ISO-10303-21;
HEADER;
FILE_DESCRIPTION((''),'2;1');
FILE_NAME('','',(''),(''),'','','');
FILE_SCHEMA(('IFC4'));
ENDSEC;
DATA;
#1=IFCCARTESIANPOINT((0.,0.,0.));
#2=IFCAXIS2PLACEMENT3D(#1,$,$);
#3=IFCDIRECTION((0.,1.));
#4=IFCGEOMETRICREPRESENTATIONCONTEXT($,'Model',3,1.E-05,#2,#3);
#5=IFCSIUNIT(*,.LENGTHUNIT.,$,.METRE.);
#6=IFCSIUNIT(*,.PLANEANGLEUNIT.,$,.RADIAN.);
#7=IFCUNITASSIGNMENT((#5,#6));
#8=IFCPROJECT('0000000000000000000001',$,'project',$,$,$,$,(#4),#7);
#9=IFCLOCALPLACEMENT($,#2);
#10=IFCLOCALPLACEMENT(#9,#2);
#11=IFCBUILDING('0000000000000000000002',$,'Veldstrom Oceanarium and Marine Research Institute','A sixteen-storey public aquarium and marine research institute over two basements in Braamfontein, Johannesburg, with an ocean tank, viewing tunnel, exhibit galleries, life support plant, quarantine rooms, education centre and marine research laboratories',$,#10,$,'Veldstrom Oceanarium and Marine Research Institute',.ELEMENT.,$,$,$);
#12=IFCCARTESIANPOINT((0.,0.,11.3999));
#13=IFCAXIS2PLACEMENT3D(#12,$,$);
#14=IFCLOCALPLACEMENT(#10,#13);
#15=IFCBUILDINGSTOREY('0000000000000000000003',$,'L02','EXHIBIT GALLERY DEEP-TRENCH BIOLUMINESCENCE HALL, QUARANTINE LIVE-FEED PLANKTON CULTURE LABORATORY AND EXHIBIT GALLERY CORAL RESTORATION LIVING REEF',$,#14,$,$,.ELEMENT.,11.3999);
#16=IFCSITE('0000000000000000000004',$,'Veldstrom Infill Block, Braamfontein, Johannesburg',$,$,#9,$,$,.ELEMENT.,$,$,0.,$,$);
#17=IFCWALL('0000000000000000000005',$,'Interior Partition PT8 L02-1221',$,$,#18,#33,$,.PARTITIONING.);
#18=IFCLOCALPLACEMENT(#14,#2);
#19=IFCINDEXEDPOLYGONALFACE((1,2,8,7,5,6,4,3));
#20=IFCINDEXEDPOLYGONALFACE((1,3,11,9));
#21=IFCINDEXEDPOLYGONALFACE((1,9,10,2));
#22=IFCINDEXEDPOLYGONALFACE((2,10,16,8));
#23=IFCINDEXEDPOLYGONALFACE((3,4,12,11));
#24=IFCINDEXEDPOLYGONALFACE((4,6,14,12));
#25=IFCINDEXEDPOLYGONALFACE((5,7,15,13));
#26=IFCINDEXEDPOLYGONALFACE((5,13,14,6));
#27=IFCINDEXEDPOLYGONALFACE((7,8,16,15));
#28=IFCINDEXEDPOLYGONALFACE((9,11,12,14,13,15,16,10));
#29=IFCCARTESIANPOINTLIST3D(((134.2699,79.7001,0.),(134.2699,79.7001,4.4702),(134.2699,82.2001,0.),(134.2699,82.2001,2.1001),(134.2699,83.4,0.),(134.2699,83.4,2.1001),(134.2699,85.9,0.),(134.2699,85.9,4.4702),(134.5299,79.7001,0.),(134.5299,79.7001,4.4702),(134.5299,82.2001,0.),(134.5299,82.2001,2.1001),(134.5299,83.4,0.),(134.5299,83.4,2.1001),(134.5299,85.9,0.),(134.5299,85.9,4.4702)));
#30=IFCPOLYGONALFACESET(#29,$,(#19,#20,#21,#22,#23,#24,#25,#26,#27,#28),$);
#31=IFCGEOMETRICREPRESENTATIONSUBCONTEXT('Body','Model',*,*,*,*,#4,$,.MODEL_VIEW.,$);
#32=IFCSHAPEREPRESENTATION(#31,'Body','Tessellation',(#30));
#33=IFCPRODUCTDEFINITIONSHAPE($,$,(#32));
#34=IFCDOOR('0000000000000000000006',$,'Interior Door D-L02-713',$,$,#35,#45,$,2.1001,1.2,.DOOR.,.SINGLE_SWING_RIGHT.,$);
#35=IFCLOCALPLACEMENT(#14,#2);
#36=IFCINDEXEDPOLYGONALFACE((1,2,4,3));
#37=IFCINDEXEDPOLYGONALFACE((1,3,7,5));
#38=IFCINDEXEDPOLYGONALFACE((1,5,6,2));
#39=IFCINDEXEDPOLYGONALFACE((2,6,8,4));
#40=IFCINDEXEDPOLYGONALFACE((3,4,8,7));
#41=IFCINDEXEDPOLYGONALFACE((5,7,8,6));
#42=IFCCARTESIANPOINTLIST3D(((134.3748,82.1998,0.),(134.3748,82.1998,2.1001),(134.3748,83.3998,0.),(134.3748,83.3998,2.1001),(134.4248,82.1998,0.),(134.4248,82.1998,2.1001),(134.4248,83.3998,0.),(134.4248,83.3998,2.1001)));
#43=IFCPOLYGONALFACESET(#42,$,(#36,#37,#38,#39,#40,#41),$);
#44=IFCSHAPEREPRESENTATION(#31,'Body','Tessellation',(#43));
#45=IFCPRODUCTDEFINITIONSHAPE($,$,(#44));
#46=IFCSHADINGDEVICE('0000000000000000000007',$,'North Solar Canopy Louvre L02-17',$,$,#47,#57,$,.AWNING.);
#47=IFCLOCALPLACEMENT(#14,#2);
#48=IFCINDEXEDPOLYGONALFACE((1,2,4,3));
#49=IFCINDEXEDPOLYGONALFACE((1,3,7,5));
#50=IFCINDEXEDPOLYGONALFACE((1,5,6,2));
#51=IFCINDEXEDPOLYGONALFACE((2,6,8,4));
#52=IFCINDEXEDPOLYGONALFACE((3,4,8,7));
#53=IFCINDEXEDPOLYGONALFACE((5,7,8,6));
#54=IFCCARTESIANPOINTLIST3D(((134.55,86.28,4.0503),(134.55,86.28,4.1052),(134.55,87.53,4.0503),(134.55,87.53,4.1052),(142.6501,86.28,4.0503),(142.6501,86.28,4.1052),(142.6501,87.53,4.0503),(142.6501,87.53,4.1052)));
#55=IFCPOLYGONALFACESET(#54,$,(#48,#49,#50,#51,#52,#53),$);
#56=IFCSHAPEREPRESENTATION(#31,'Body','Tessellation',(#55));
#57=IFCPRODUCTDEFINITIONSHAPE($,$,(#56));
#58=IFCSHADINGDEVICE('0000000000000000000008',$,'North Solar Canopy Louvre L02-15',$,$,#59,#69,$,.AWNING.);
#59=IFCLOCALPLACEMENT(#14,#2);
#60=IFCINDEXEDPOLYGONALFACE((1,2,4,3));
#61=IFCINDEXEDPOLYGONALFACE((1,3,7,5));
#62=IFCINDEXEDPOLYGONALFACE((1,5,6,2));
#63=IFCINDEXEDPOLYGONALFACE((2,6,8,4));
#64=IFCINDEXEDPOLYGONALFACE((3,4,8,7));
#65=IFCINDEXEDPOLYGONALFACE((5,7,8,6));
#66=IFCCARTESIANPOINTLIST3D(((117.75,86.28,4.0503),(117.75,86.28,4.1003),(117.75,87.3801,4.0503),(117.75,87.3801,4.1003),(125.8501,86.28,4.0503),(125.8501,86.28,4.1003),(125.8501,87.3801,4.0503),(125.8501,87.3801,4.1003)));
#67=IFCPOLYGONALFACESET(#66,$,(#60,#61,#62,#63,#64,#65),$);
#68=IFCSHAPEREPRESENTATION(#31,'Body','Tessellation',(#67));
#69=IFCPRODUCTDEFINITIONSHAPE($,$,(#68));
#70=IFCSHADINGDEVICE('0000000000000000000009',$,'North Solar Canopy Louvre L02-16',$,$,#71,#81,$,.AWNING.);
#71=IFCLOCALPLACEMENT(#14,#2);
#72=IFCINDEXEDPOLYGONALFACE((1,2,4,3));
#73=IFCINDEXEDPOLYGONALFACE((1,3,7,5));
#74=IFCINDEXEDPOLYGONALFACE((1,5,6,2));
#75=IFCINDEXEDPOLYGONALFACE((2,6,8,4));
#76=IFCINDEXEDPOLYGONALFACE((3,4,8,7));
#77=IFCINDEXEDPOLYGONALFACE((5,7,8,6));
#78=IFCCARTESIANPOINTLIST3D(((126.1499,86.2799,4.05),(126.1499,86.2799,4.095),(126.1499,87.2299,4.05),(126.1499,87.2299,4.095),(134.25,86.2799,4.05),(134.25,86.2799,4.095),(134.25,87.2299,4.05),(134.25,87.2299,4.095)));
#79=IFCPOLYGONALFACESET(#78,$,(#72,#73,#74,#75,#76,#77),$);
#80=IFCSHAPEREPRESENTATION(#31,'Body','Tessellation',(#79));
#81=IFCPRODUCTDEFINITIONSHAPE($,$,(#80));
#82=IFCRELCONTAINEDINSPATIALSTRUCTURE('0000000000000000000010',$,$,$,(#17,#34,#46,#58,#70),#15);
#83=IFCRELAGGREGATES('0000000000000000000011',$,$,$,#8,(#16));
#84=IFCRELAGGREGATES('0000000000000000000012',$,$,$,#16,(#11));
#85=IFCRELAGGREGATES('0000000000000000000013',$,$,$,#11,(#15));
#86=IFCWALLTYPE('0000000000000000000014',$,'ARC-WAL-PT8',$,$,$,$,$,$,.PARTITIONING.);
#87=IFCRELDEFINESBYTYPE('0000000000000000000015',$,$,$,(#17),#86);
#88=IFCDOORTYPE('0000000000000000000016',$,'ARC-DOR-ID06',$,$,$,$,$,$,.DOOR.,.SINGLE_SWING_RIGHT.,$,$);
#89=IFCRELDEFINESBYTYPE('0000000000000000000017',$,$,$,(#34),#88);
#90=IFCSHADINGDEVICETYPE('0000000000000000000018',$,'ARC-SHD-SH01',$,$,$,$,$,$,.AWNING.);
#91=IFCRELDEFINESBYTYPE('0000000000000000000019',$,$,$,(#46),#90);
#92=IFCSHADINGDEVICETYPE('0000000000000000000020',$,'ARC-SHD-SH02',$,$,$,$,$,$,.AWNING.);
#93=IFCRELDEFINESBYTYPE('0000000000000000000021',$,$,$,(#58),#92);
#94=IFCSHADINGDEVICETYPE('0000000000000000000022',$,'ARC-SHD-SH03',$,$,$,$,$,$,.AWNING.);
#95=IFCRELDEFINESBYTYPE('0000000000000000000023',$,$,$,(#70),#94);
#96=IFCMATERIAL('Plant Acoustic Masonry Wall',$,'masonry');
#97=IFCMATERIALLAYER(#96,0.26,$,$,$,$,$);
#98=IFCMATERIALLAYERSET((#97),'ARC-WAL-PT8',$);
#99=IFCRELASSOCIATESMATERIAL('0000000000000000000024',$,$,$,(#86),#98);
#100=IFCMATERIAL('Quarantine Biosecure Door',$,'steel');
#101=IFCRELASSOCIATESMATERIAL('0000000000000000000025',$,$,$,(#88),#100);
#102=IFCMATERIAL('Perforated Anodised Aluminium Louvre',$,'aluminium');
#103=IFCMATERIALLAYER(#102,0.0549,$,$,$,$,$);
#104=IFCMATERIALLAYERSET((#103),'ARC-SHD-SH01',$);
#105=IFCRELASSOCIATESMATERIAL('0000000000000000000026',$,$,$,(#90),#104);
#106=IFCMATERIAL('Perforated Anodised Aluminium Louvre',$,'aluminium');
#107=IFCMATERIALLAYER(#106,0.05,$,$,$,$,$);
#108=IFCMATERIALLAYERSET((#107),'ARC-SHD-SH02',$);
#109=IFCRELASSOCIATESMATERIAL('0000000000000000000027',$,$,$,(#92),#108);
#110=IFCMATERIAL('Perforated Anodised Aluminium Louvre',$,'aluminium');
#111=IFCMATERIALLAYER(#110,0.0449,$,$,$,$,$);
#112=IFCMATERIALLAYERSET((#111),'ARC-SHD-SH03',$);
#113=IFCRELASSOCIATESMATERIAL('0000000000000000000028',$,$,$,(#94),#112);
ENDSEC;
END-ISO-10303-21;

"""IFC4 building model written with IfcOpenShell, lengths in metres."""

from ifc_helpers import new_model, si_unit, direction, frame, frame_2d, origin, origin_2d, place, context, subcontext, project, spatial, rectangle, extrude, material, layer, layer_set, type_object, element, fill, save


model = new_model("IFC4")

# Units and contexts
model_context = context("Model", 3, precision=1e-05, world=origin(), true_north=direction((0.0, 1.0)))
body_context = subcontext(model_context, "Body", "Model", "MODEL_VIEW")
ifc_project = project(units=[si_unit("LENGTHUNIT", "METRE"), si_unit("PLANEANGLEUNIT", "RADIAN")], contexts=[model_context])

# Site, building, storey
site_placement = place(None, origin())
site = spatial("IfcSite", under=ifc_project, at=site_placement, Name="Veldstrom Infill Block, Braamfontein, Johannesburg", CompositionType="ELEMENT", RefElevation=0.0)
building_placement = place(site_placement, origin())
building = spatial("IfcBuilding", under=site, at=building_placement, Name="Veldstrom Oceanarium and Marine Research Institute", Description="A sixteen-storey public aquarium and marine research institute over two basements in Braamfontein, Johannesburg, with an ocean tank, viewing tunnel, exhibit galleries, life support plant, quarantine rooms, education centre and marine research laboratories", LongName="Veldstrom Oceanarium and Marine Research Institute", CompositionType="ELEMENT")
storey_placement = place(building_placement, frame((0.0, 0.0, 11.3999)))
storey = spatial("IfcBuildingStorey", under=building, at=storey_placement, Name="L02", Description="EXHIBIT GALLERY DEEP-TRENCH BIOLUMINESCENCE HALL, QUARANTINE LIVE-FEED PLANKTON CULTURE LABORATORY AND EXHIBIT GALLERY CORAL RESTORATION LIVING REEF", CompositionType="ELEMENT", Elevation=11.3999)

# Wall, opening, door
ifc_material_1 = material(Name="Plant Acoustic Masonry Wall", Category="masonry")
ifc_layer_1 = layer(ifc_material_1, 0.26)
ifc_layer_set_1 = layer_set([ifc_layer_1], Name="ARC-WAL-PT8")
wall_type_1 = type_object("IfcWallType", Name="ARC-WAL-PT8", PredefinedType="PARTITIONING", material=ifc_layer_set_1)
wall_1_placement = place(storey_placement, frame((134.3999, 79.7, 0.0), z_axis=(0.0, 0.0, 1.0), x_axis=(0.0, 1.0, 0.0)))
wall_1 = element("IfcWall", 1, at=wall_1_placement, inside=storey, type_object=wall_type_1, Name="Interior Partition PT8 L02-1221", PredefinedType="PARTITIONING", context=body_context, shape_type="SweptSolid", body=[
    extrude(rectangle(XDim=6.2, YDim=0.26, at=frame_2d((3.1001, 0.0))), origin(), (0.0, 0.0, 1.0), 4.4702),
])
opening_placement = place(wall_1_placement, frame((2.5, 0.0, 0.0)))
opening = element("IfcOpeningElement", 2, at=opening_placement, cuts=wall_1, PredefinedType="OPENING", context=body_context, shape_type="SweptSolid", body=[
    extrude(rectangle(XDim=1.2, YDim=2.1001, at=frame_2d((0.6001, 1.05))), frame((0.0, 0.1399, 0.0), z_axis=(0.0, -1.0, 0.0), x_axis=(1.0, 0.0, 0.0)), (0.0, 0.0, 1.0), 0.28),
])
ifc_material_2 = material(Name="Quarantine Biosecure Door", Category="steel")
door_type = type_object("IfcDoorType", Name="ARC-DOR-ID06", OperationType="SINGLE_SWING_RIGHT", PredefinedType="DOOR", material=ifc_material_2)
door_placement = place(opening_placement, frame((1.2, 0.0, 0.0), z_axis=(0.0, 0.0, 1.0), x_axis=(-1.0, 0.0, 0.0)))
door = element("IfcDoor", 3, at=door_placement, inside=storey, type_object=door_type, Name="Interior Door D-L02-713", OperationType="SINGLE_SWING_RIGHT", OverallHeight=2.1001, OverallWidth=1.2, PredefinedType="DOOR", context=body_context, shape_type="SweptSolid", body=[
    extrude(rectangle(XDim=1.2, YDim=2.1001, at=frame_2d((0.6001, 1.05))), frame((0.0, 0.0249, 0.0), z_axis=(0.0, -1.0, 0.0), x_axis=(1.0, 0.0, 0.0)), (0.0, 0.0, 1.0), 0.05),
])
fill(opening, door)

# Shading devices
ifc_material_3 = material(Name="Perforated Anodised Aluminium Louvre", Category="aluminium")
ifc_layer_2 = layer(ifc_material_3, 0.0549)
ifc_layer_set_2 = layer_set([ifc_layer_2], Name="ARC-SHD-SH01")
shading_device_type_1 = type_object("IfcShadingDeviceType", Name="ARC-SHD-SH01", PredefinedType="AWNING", material=ifc_layer_set_2)
shading_device_1_placement = place(storey_placement, frame((138.6001, 86.905, 4.0503), z_axis=(0.0, 0.0, 1.0), x_axis=(1.0, 0.0, 0.0)))
element("IfcShadingDevice", 4, at=shading_device_1_placement, inside=storey, type_object=shading_device_type_1, Name="North Solar Canopy Louvre L02-17", PredefinedType="AWNING", context=body_context, shape_type="SweptSolid", body=[
    extrude(rectangle(XDim=8.1001, YDim=1.25, at=origin_2d()), origin(), (0.0, 0.0, 1.0), 0.0549),
])
ifc_material_4 = material(Name="Perforated Anodised Aluminium Louvre", Category="aluminium")
ifc_layer_3 = layer(ifc_material_4, 0.05)
ifc_layer_set_3 = layer_set([ifc_layer_3], Name="ARC-SHD-SH02")
shading_device_type_2 = type_object("IfcShadingDeviceType", Name="ARC-SHD-SH02", PredefinedType="AWNING", material=ifc_layer_set_3)
shading_device_2_placement = place(storey_placement, frame((121.8, 86.8301, 4.0503), z_axis=(0.0, 0.0, 1.0), x_axis=(1.0, 0.0, 0.0)))
element("IfcShadingDevice", 5, at=shading_device_2_placement, inside=storey, type_object=shading_device_type_2, Name="North Solar Canopy Louvre L02-15", PredefinedType="AWNING", context=body_context, shape_type="SweptSolid", body=[
    extrude(rectangle(XDim=8.1001, YDim=1.1001, at=origin_2d()), origin(), (0.0, 0.0, 1.0), 0.05),
])
ifc_material_5 = material(Name="Perforated Anodised Aluminium Louvre", Category="aluminium")
ifc_layer_4 = layer(ifc_material_5, 0.0449)
ifc_layer_set_4 = layer_set([ifc_layer_4], Name="ARC-SHD-SH03")
shading_device_type_3 = type_object("IfcShadingDeviceType", Name="ARC-SHD-SH03", PredefinedType="AWNING", material=ifc_layer_set_4)
shading_device_3_placement = place(storey_placement, frame((130.2, 86.7549, 4.05), z_axis=(0.0, 0.0, 1.0), x_axis=(1.0, 0.0, 0.0)))
element("IfcShadingDevice", 6, at=shading_device_3_placement, inside=storey, type_object=shading_device_type_3, Name="North Solar Canopy Louvre L02-16", PredefinedType="AWNING", context=body_context, shape_type="SweptSolid", body=[
    extrude(rectangle(XDim=8.1001, YDim=0.95, at=origin_2d()), origin(), (0.0, 0.0, 1.0), 0.0449),
])

save(model, "model.ifc")
